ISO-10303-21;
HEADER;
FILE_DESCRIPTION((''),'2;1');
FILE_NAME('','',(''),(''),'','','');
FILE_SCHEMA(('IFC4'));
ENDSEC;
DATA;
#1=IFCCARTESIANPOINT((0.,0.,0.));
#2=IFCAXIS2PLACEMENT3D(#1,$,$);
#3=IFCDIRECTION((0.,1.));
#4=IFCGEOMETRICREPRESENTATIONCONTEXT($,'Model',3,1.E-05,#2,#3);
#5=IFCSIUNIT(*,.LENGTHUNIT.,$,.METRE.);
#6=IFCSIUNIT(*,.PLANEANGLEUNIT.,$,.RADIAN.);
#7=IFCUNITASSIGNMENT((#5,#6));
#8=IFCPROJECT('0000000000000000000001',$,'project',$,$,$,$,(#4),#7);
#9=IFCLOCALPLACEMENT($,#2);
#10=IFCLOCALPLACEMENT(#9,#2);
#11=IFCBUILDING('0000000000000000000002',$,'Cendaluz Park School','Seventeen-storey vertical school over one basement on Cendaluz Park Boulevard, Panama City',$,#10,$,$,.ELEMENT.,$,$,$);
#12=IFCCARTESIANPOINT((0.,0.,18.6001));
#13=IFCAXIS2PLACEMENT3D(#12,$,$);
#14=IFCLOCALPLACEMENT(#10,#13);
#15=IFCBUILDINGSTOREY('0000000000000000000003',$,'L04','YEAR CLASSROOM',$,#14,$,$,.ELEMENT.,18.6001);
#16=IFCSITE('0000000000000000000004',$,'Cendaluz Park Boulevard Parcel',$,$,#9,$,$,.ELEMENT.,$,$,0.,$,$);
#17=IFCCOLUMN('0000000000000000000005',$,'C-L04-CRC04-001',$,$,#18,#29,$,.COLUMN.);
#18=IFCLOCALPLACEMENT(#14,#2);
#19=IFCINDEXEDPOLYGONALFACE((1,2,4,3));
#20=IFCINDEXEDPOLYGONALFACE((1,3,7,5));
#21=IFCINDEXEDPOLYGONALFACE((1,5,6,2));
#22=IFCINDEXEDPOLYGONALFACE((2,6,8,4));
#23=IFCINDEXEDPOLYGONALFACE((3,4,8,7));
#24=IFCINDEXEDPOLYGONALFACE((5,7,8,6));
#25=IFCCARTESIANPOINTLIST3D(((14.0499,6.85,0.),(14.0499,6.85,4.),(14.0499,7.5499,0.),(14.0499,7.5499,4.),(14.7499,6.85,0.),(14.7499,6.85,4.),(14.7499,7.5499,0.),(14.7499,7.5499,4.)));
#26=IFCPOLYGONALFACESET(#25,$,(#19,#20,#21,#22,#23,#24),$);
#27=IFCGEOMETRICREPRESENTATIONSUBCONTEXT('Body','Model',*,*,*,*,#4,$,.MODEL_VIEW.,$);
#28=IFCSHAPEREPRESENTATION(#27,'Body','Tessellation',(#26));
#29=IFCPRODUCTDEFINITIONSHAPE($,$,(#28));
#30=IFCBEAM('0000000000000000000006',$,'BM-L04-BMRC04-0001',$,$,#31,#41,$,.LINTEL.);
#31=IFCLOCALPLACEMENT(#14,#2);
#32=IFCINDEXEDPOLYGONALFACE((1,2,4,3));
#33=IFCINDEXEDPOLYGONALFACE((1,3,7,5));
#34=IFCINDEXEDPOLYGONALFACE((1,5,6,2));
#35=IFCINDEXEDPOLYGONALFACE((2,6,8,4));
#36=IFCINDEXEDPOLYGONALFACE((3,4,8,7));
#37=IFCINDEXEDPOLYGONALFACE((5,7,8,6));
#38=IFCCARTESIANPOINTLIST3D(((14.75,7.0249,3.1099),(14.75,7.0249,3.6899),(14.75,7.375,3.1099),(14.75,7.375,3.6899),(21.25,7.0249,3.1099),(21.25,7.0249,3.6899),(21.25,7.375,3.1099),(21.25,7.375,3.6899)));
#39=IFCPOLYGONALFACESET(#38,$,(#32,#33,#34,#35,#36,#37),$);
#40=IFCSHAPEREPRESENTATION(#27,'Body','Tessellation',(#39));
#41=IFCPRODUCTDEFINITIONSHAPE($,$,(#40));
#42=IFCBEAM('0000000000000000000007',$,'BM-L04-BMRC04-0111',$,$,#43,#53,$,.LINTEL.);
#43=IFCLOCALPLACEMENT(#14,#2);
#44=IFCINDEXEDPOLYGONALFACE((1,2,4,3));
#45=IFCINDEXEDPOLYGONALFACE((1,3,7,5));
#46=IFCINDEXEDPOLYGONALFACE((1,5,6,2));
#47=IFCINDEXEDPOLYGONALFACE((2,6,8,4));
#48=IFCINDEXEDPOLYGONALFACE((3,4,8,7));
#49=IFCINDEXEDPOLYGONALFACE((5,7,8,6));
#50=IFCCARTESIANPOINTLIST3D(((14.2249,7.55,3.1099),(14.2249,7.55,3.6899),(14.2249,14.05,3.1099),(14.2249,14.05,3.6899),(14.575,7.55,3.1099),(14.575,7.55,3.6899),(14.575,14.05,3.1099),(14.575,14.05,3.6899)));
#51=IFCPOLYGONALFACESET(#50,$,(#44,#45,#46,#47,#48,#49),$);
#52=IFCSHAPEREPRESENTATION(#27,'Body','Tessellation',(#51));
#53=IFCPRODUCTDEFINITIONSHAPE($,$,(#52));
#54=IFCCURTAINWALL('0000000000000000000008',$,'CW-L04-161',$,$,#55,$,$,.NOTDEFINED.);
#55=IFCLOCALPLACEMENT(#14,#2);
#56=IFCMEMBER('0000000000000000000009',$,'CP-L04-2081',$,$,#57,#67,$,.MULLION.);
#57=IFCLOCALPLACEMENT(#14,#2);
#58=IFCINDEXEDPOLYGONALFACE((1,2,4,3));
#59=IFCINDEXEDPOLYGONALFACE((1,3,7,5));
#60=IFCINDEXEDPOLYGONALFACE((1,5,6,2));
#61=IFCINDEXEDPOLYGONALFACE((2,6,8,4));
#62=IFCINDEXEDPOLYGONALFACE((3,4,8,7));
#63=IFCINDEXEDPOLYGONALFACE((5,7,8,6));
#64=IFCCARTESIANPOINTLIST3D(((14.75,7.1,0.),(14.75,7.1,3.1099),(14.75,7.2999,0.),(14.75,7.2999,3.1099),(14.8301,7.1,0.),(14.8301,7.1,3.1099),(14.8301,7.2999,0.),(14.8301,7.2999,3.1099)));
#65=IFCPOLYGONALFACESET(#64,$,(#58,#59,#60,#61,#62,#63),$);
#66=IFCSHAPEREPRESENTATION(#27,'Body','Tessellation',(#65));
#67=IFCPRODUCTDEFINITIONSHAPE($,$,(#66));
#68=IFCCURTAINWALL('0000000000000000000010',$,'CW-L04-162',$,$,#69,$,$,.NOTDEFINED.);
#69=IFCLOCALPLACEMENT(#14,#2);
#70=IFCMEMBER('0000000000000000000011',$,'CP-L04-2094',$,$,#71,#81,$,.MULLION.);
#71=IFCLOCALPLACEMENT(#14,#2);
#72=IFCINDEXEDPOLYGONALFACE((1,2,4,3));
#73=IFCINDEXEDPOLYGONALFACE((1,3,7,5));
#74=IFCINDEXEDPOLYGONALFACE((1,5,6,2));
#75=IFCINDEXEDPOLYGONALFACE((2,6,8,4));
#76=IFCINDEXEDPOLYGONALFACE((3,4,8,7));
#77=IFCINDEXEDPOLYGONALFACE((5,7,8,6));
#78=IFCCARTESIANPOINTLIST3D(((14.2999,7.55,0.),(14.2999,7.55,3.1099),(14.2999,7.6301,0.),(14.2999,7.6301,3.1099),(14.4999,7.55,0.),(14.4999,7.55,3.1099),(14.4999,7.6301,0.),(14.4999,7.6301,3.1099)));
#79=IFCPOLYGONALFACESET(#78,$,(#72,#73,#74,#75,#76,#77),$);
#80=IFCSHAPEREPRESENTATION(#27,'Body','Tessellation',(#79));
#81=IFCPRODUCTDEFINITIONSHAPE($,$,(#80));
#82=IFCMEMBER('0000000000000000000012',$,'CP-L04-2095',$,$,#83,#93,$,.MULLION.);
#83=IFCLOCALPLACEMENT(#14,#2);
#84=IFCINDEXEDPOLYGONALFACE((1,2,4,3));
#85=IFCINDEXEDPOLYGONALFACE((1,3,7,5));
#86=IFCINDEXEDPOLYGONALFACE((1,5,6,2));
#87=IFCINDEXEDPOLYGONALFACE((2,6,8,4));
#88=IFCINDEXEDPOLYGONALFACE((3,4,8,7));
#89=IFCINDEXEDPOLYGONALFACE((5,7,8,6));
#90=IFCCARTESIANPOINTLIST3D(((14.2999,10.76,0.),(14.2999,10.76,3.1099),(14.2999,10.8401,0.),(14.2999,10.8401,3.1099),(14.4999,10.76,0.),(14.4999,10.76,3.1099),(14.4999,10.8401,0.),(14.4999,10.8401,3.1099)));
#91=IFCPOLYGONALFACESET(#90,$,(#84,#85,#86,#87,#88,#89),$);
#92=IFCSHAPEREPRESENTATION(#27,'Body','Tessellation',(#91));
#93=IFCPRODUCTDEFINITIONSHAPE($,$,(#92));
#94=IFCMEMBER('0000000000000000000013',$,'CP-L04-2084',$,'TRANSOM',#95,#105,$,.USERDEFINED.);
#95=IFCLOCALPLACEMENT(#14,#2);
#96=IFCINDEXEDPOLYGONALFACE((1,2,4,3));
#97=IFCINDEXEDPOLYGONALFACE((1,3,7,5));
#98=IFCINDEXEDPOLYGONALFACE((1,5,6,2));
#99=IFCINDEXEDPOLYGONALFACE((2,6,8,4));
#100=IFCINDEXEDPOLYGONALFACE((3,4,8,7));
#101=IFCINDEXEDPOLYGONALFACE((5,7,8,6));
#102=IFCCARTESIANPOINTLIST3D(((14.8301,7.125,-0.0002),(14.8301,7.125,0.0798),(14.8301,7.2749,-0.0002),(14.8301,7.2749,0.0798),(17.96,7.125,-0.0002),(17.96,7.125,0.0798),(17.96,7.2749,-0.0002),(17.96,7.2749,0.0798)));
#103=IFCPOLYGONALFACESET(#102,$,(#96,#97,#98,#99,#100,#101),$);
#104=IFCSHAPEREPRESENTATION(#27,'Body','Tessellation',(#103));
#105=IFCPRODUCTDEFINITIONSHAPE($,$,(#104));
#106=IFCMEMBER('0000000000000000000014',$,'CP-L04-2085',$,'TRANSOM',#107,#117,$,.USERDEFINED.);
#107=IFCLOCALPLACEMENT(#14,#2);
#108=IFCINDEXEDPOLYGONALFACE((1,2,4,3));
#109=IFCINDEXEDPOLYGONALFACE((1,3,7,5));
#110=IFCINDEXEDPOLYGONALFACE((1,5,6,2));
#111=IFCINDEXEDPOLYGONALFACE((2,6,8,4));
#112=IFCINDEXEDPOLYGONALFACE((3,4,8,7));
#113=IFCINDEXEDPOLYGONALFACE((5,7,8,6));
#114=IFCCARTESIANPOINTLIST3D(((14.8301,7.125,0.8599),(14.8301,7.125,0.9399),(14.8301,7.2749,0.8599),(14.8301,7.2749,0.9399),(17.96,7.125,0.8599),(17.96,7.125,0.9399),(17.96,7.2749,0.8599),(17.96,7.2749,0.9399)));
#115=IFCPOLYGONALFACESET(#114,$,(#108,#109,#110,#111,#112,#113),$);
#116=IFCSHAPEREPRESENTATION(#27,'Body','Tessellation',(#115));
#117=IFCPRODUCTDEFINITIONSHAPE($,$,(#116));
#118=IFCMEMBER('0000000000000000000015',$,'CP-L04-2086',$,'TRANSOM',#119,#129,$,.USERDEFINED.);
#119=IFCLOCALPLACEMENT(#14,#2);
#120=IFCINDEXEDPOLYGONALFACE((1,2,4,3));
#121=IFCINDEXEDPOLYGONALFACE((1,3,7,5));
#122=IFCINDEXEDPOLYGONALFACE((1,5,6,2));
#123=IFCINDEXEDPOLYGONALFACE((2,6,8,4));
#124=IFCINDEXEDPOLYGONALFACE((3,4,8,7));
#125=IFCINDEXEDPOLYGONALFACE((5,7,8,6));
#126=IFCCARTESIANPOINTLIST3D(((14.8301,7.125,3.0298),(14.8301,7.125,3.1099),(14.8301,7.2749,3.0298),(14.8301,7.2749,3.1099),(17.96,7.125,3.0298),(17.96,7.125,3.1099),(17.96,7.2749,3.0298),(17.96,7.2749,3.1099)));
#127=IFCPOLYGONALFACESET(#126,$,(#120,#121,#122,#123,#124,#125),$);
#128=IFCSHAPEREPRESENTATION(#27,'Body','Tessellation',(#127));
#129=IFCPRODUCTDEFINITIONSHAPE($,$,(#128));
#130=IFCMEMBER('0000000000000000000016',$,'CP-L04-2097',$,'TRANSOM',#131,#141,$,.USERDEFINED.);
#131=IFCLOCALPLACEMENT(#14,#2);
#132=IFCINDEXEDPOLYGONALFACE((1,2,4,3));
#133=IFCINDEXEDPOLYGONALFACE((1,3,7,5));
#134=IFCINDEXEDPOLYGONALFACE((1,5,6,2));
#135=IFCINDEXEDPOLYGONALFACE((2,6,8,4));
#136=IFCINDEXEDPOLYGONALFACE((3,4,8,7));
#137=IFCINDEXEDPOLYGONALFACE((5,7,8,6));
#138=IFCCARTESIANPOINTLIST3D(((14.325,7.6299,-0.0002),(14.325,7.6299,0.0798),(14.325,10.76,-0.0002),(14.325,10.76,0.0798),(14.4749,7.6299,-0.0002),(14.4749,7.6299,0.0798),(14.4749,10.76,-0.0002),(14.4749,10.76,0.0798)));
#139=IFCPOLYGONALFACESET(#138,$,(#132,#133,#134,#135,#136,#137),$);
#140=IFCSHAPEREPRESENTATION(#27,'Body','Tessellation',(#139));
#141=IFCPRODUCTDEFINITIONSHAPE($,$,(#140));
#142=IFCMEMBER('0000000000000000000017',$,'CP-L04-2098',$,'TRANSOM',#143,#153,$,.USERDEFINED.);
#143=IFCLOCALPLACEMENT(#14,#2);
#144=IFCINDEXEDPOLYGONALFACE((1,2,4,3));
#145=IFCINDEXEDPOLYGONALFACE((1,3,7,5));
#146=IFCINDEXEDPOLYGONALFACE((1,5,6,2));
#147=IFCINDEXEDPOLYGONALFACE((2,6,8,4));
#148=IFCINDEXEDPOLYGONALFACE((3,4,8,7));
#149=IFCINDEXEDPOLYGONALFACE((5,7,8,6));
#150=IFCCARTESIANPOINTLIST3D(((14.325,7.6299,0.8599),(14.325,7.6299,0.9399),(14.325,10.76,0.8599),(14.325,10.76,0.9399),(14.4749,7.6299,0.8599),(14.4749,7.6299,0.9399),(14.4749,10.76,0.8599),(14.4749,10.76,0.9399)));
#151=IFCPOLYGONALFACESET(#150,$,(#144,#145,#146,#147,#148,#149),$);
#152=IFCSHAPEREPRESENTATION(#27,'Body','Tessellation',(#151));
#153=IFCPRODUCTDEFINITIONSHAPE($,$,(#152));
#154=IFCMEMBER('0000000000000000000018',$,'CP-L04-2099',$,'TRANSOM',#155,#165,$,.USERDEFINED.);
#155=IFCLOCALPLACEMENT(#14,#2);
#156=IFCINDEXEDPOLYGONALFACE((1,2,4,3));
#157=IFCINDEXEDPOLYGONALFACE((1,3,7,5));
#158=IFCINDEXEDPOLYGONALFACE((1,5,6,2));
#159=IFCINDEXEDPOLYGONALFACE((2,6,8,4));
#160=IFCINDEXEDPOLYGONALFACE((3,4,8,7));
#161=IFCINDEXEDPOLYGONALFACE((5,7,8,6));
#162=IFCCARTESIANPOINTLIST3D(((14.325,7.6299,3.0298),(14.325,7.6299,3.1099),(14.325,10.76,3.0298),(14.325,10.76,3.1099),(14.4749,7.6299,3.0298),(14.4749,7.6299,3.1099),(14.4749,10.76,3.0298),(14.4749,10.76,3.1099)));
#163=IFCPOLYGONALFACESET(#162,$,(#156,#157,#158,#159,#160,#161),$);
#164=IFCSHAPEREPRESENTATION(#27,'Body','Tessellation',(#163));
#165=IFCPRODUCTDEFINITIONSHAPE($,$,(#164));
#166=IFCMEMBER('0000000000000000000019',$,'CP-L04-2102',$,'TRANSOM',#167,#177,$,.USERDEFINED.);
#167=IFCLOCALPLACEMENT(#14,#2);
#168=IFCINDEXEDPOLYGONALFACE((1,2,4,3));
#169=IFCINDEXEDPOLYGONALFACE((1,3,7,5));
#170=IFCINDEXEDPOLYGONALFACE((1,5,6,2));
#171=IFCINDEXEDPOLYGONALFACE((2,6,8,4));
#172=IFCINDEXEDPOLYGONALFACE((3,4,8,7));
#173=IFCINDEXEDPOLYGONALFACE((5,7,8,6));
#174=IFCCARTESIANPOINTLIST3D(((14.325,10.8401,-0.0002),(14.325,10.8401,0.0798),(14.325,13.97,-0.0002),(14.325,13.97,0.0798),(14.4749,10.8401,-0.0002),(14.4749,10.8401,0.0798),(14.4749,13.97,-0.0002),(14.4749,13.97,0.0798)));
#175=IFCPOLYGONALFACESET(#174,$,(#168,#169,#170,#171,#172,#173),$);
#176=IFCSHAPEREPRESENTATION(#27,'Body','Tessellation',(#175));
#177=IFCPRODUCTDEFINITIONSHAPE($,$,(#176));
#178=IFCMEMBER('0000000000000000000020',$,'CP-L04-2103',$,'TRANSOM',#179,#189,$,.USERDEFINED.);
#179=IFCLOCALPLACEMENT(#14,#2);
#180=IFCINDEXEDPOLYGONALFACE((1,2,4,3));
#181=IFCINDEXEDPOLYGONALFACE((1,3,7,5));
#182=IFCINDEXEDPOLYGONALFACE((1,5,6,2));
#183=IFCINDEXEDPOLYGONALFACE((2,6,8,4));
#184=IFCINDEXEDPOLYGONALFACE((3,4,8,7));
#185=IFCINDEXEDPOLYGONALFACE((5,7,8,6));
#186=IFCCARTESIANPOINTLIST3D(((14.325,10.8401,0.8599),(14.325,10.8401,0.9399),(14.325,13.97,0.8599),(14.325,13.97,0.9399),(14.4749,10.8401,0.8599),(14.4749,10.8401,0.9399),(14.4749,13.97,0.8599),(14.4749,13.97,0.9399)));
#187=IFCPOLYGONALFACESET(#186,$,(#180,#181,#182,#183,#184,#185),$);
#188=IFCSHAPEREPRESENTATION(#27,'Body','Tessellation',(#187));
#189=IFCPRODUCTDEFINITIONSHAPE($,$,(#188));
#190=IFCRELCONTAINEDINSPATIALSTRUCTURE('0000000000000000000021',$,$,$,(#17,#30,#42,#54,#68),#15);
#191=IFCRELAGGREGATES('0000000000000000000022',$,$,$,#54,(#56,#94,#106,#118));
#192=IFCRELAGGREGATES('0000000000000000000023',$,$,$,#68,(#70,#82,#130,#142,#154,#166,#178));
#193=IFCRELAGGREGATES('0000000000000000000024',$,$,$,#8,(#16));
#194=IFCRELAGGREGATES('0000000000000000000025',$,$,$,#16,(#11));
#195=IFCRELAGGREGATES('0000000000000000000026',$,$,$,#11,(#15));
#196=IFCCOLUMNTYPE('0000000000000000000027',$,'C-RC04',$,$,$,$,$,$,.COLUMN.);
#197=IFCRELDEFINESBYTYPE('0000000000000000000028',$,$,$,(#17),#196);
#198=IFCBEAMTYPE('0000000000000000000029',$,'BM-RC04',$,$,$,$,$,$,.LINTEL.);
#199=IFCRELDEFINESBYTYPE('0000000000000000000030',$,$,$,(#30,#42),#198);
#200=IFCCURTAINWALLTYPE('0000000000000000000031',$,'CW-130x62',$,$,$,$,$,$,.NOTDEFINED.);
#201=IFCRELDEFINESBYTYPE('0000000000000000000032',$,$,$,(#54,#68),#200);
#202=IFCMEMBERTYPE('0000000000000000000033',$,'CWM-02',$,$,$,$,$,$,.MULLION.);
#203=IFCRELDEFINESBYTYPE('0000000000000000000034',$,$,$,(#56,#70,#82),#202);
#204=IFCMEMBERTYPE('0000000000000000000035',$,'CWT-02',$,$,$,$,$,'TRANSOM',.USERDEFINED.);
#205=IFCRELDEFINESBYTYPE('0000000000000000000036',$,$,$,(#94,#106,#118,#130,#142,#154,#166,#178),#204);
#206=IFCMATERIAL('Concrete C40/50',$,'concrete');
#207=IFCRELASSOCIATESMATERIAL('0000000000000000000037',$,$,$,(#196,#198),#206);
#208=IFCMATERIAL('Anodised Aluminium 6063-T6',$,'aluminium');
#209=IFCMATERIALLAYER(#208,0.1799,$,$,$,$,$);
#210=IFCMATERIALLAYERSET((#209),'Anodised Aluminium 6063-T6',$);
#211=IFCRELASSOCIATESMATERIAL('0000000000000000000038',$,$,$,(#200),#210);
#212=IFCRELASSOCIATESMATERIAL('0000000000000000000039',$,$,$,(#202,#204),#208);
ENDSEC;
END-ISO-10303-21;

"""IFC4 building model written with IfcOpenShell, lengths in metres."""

from ifc_helpers import new_model, si_unit, direction, frame, origin, origin_2d, place, context, subcontext, project, spatial, rectangle, extrude, material, layer, layer_set, material_profile, profile_set, type_object, element, aggregate, save


model = new_model("IFC4")

# Units and contexts
model_context = context("Model", 3, precision=1e-05, world=origin(), true_north=direction((0.0, 1.0)))
body_context = subcontext(model_context, "Body", "Model", "MODEL_VIEW")
ifc_project = project(units=[si_unit("LENGTHUNIT", "METRE"), si_unit("PLANEANGLEUNIT", "RADIAN")], contexts=[model_context])

# Site, building, storey
site_placement = place(None, origin())
site = spatial("IfcSite", under=ifc_project, at=site_placement, Name="Cendaluz Park Boulevard Parcel", CompositionType="ELEMENT", RefElevation=0.0)
building_placement = place(site_placement, origin())
building = spatial("IfcBuilding", under=site, at=building_placement, Name="Cendaluz Park School", Description="Seventeen-storey vertical school over one basement on Cendaluz Park Boulevard, Panama City", CompositionType="ELEMENT")
storey_placement = place(building_placement, frame((0.0, 0.0, 18.6001)))
storey = spatial("IfcBuildingStorey", under=building, at=storey_placement, Name="L04", Description="YEAR CLASSROOM", CompositionType="ELEMENT", Elevation=18.6001)

# Column
ifc_material_1 = material(Name="Concrete C40/50", Category="concrete")
ifc_material_profile_1 = material_profile(ifc_material_1, rectangle(XDim=0.7, YDim=0.7, at=origin_2d()), Name="RC 700x700", Category="concrete")
ifc_profile_set_1 = profile_set([ifc_material_profile_1], Name="Concrete C40/50")
column_type = type_object("IfcColumnType", Name="C-RC04", PredefinedType="COLUMN", material=ifc_profile_set_1)
column_placement = place(storey_placement, frame((14.3999, 7.2, 0.0), z_axis=(0.0, 0.0, 1.0), x_axis=(1.0, 0.0, 0.0)))
element("IfcColumn", 1, at=column_placement, inside=storey, type_object=column_type, Name="C-L04-CRC04-001", PredefinedType="COLUMN", context=body_context, shape_type="SweptSolid", body=[
    extrude(rectangle(XDim=0.7, YDim=0.7, at=origin_2d()), origin(), (0.0, 0.0, 1.0), 4.0),
])

# Beams
ifc_material_profile_2 = material_profile(ifc_material_1, rectangle(XDim=0.3501, YDim=0.5801, at=origin_2d()), Name="RC 350x580", Category="concrete")
ifc_profile_set_2 = profile_set([ifc_material_profile_2], Name="Concrete C40/50")
beam_type_1 = type_object("IfcBeamType", Name="BM-RC04", PredefinedType="LINTEL", material=ifc_profile_set_2)
for number, where, z_axis, x_axis, name in (
    (2, (14.75, 7.2, 3.3999), (1.0, 0.0, 0.0), (0.0, 1.0, 0.0), "BM-L04-BMRC04-0001"),
    (3, (14.3999, 7.55, 3.3999), (0.0, 1.0, 0.0), (-1.0, 0.0, 0.0), "BM-L04-BMRC04-0111"),
):
    element("IfcBeam", number, at=place(storey_placement, frame(where, z_axis=z_axis, x_axis=x_axis)), inside=storey, type_object=beam_type_1, Name=name, PredefinedType="LINTEL", context=body_context, shape_type="SweptSolid", body=[
        extrude(rectangle(XDim=0.3501, YDim=0.5801, at=origin_2d()), origin(), (0.0, 0.0, 1.0), 6.5),
    ])

# Curtain wall, member
ifc_material_2 = material(Name="Anodised Aluminium 6063-T6", Category="aluminium")
ifc_layer_1 = layer(ifc_material_2, 0.1799)
ifc_layer_set_1 = layer_set([ifc_layer_1], Name="Anodised Aluminium 6063-T6")
curtain_wall_type = type_object("IfcCurtainWallType", Name="CW-130x62", PredefinedType="NOTDEFINED", material=ifc_layer_set_1)
curtain_wall_1_placement = place(storey_placement, origin())
curtain_wall_1 = element("IfcCurtainWall", 4, at=curtain_wall_1_placement, inside=storey, type_object=curtain_wall_type, Name="CW-L04-161", PredefinedType="NOTDEFINED")
ifc_material_profile_3 = material_profile(ifc_material_2, rectangle(XDim=0.2, YDim=0.0801, at=origin_2d()), Name="CWM 200x80", Category="aluminium")
ifc_profile_set_3 = profile_set([ifc_material_profile_3], Name="Anodised Aluminium 6063-T6")
member_type_1 = type_object("IfcMemberType", Name="CWM-02", PredefinedType="MULLION", material=ifc_profile_set_3)
member_1_placement = place(storey_placement, frame((14.79, 7.2, 0.0), z_axis=(0.0, 0.0, 1.0), x_axis=(0.0, 1.0, 0.0)))
member_1 = element("IfcMember", 5, at=member_1_placement, type_object=member_type_1, Name="CP-L04-2081", PredefinedType="MULLION", context=body_context, shape_type="SweptSolid", body=[
    extrude(rectangle(XDim=0.2, YDim=0.0801, at=origin_2d()), origin(), (0.0, 0.0, 1.0), 3.1099),
])

# Curtain wall, members
curtain_wall_2_placement = place(storey_placement, origin())
curtain_wall_2 = element("IfcCurtainWall", 6, at=curtain_wall_2_placement, inside=storey, type_object=curtain_wall_type, Name="CW-L04-162", PredefinedType="NOTDEFINED")
member_2_placement = place(storey_placement, frame((14.3999, 7.5901, 0.0), z_axis=(0.0, 0.0, 1.0), x_axis=(-1.0, 0.0, 0.0)))
member_2 = element("IfcMember", 7, at=member_2_placement, type_object=member_type_1, Name="CP-L04-2094", PredefinedType="MULLION", context=body_context, shape_type="SweptSolid", body=[
    extrude(rectangle(XDim=0.2, YDim=0.0801, at=origin_2d()), origin(), (0.0, 0.0, 1.0), 3.1099),
])
member_3_placement = place(storey_placement, frame((14.3999, 10.8, 0.0), z_axis=(0.0, 0.0, 1.0), x_axis=(-1.0, 0.0, 0.0)))
member_3 = element("IfcMember", 8, at=member_3_placement, type_object=member_type_1, Name="CP-L04-2095", PredefinedType="MULLION", context=body_context, shape_type="SweptSolid", body=[
    extrude(rectangle(XDim=0.2, YDim=0.0801, at=origin_2d()), origin(), (0.0, 0.0, 1.0), 3.1099),
])

# Members
ifc_material_profile_4 = material_profile(ifc_material_2, rectangle(XDim=0.1499, YDim=0.0801, at=origin_2d()), Name="CWT 150x80", Category="aluminium")
ifc_profile_set_4 = profile_set([ifc_material_profile_4], Name="Anodised Aluminium 6063-T6")
member_type_2 = type_object("IfcMemberType", Name="CWT-02", ElementType="TRANSOM", PredefinedType="USERDEFINED", material=ifc_profile_set_4)
member_4_placement = place(storey_placement, frame((14.8301, 7.2, 0.0398), z_axis=(1.0, 0.0, 0.0), x_axis=(0.0, 1.0, 0.0)))
member_4 = element("IfcMember", 9, at=member_4_placement, type_object=member_type_2, Name="CP-L04-2084", ObjectType="TRANSOM", PredefinedType="USERDEFINED", context=body_context, shape_type="SweptSolid", body=[
    extrude(rectangle(XDim=0.1499, YDim=0.0801, at=origin_2d()), origin(), (0.0, 0.0, 1.0), 3.1299),
])
member_5_placement = place(storey_placement, frame((14.8301, 7.2, 0.8999), z_axis=(1.0, 0.0, 0.0), x_axis=(0.0, 1.0, 0.0)))
member_5 = element("IfcMember", 10, at=member_5_placement, type_object=member_type_2, Name="CP-L04-2085", ObjectType="TRANSOM", PredefinedType="USERDEFINED", context=body_context, shape_type="SweptSolid", body=[
    extrude(rectangle(XDim=0.1499, YDim=0.0801, at=origin_2d()), origin(), (0.0, 0.0, 1.0), 3.1299),
])
member_6_placement = place(storey_placement, frame((14.8301, 7.2, 3.0698), z_axis=(1.0, 0.0, 0.0), x_axis=(0.0, 1.0, 0.0)))
member_6 = element("IfcMember", 11, at=member_6_placement, type_object=member_type_2, Name="CP-L04-2086", ObjectType="TRANSOM", PredefinedType="USERDEFINED", context=body_context, shape_type="SweptSolid", body=[
    extrude(rectangle(XDim=0.1499, YDim=0.0801, at=origin_2d()), origin(), (0.0, 0.0, 1.0), 3.1299),
])
aggregate(curtain_wall_1, [member_1, member_4, member_5, member_6])
member_7_placement = place(storey_placement, frame((14.3999, 7.6299, 0.0398), z_axis=(0.0, 1.0, 0.0), x_axis=(-1.0, 0.0, 0.0)))
member_7 = element("IfcMember", 12, at=member_7_placement, type_object=member_type_2, Name="CP-L04-2097", ObjectType="TRANSOM", PredefinedType="USERDEFINED", context=body_context, shape_type="SweptSolid", body=[
    extrude(rectangle(XDim=0.1499, YDim=0.0801, at=origin_2d()), origin(), (0.0, 0.0, 1.0), 3.1301),
])
member_8_placement = place(storey_placement, frame((14.3999, 7.6299, 0.8999), z_axis=(0.0, 1.0, 0.0), x_axis=(-1.0, 0.0, 0.0)))
member_8 = element("IfcMember", 13, at=member_8_placement, type_object=member_type_2, Name="CP-L04-2098", ObjectType="TRANSOM", PredefinedType="USERDEFINED", context=body_context, shape_type="SweptSolid", body=[
    extrude(rectangle(XDim=0.1499, YDim=0.0801, at=origin_2d()), origin(), (0.0, 0.0, 1.0), 3.1301),
])
member_9_placement = place(storey_placement, frame((14.3999, 7.6299, 3.0698), z_axis=(0.0, 1.0, 0.0), x_axis=(-1.0, 0.0, 0.0)))
member_9 = element("IfcMember", 14, at=member_9_placement, type_object=member_type_2, Name="CP-L04-2099", ObjectType="TRANSOM", PredefinedType="USERDEFINED", context=body_context, shape_type="SweptSolid", body=[
    extrude(rectangle(XDim=0.1499, YDim=0.0801, at=origin_2d()), origin(), (0.0, 0.0, 1.0), 3.1301),
])
member_10_placement = place(storey_placement, frame((14.3999, 10.8401, 0.0398), z_axis=(0.0, 1.0, 0.0), x_axis=(-1.0, 0.0, 0.0)))
member_10 = element("IfcMember", 15, at=member_10_placement, type_object=member_type_2, Name="CP-L04-2102", ObjectType="TRANSOM", PredefinedType="USERDEFINED", context=body_context, shape_type="SweptSolid", body=[
    extrude(rectangle(XDim=0.1499, YDim=0.0801, at=origin_2d()), origin(), (0.0, 0.0, 1.0), 3.1299),
])
member_11_placement = place(storey_placement, frame((14.3999, 10.8401, 0.8999), z_axis=(0.0, 1.0, 0.0), x_axis=(-1.0, 0.0, 0.0)))
member_11 = element("IfcMember", 16, at=member_11_placement, type_object=member_type_2, Name="CP-L04-2103", ObjectType="TRANSOM", PredefinedType="USERDEFINED", context=body_context, shape_type="SweptSolid", body=[
    extrude(rectangle(XDim=0.1499, YDim=0.0801, at=origin_2d()), origin(), (0.0, 0.0, 1.0), 3.1299),
])

aggregate(curtain_wall_2, [member_2, member_3, member_7, member_8, member_9, member_10, member_11])

save(model, "model.ifc")
